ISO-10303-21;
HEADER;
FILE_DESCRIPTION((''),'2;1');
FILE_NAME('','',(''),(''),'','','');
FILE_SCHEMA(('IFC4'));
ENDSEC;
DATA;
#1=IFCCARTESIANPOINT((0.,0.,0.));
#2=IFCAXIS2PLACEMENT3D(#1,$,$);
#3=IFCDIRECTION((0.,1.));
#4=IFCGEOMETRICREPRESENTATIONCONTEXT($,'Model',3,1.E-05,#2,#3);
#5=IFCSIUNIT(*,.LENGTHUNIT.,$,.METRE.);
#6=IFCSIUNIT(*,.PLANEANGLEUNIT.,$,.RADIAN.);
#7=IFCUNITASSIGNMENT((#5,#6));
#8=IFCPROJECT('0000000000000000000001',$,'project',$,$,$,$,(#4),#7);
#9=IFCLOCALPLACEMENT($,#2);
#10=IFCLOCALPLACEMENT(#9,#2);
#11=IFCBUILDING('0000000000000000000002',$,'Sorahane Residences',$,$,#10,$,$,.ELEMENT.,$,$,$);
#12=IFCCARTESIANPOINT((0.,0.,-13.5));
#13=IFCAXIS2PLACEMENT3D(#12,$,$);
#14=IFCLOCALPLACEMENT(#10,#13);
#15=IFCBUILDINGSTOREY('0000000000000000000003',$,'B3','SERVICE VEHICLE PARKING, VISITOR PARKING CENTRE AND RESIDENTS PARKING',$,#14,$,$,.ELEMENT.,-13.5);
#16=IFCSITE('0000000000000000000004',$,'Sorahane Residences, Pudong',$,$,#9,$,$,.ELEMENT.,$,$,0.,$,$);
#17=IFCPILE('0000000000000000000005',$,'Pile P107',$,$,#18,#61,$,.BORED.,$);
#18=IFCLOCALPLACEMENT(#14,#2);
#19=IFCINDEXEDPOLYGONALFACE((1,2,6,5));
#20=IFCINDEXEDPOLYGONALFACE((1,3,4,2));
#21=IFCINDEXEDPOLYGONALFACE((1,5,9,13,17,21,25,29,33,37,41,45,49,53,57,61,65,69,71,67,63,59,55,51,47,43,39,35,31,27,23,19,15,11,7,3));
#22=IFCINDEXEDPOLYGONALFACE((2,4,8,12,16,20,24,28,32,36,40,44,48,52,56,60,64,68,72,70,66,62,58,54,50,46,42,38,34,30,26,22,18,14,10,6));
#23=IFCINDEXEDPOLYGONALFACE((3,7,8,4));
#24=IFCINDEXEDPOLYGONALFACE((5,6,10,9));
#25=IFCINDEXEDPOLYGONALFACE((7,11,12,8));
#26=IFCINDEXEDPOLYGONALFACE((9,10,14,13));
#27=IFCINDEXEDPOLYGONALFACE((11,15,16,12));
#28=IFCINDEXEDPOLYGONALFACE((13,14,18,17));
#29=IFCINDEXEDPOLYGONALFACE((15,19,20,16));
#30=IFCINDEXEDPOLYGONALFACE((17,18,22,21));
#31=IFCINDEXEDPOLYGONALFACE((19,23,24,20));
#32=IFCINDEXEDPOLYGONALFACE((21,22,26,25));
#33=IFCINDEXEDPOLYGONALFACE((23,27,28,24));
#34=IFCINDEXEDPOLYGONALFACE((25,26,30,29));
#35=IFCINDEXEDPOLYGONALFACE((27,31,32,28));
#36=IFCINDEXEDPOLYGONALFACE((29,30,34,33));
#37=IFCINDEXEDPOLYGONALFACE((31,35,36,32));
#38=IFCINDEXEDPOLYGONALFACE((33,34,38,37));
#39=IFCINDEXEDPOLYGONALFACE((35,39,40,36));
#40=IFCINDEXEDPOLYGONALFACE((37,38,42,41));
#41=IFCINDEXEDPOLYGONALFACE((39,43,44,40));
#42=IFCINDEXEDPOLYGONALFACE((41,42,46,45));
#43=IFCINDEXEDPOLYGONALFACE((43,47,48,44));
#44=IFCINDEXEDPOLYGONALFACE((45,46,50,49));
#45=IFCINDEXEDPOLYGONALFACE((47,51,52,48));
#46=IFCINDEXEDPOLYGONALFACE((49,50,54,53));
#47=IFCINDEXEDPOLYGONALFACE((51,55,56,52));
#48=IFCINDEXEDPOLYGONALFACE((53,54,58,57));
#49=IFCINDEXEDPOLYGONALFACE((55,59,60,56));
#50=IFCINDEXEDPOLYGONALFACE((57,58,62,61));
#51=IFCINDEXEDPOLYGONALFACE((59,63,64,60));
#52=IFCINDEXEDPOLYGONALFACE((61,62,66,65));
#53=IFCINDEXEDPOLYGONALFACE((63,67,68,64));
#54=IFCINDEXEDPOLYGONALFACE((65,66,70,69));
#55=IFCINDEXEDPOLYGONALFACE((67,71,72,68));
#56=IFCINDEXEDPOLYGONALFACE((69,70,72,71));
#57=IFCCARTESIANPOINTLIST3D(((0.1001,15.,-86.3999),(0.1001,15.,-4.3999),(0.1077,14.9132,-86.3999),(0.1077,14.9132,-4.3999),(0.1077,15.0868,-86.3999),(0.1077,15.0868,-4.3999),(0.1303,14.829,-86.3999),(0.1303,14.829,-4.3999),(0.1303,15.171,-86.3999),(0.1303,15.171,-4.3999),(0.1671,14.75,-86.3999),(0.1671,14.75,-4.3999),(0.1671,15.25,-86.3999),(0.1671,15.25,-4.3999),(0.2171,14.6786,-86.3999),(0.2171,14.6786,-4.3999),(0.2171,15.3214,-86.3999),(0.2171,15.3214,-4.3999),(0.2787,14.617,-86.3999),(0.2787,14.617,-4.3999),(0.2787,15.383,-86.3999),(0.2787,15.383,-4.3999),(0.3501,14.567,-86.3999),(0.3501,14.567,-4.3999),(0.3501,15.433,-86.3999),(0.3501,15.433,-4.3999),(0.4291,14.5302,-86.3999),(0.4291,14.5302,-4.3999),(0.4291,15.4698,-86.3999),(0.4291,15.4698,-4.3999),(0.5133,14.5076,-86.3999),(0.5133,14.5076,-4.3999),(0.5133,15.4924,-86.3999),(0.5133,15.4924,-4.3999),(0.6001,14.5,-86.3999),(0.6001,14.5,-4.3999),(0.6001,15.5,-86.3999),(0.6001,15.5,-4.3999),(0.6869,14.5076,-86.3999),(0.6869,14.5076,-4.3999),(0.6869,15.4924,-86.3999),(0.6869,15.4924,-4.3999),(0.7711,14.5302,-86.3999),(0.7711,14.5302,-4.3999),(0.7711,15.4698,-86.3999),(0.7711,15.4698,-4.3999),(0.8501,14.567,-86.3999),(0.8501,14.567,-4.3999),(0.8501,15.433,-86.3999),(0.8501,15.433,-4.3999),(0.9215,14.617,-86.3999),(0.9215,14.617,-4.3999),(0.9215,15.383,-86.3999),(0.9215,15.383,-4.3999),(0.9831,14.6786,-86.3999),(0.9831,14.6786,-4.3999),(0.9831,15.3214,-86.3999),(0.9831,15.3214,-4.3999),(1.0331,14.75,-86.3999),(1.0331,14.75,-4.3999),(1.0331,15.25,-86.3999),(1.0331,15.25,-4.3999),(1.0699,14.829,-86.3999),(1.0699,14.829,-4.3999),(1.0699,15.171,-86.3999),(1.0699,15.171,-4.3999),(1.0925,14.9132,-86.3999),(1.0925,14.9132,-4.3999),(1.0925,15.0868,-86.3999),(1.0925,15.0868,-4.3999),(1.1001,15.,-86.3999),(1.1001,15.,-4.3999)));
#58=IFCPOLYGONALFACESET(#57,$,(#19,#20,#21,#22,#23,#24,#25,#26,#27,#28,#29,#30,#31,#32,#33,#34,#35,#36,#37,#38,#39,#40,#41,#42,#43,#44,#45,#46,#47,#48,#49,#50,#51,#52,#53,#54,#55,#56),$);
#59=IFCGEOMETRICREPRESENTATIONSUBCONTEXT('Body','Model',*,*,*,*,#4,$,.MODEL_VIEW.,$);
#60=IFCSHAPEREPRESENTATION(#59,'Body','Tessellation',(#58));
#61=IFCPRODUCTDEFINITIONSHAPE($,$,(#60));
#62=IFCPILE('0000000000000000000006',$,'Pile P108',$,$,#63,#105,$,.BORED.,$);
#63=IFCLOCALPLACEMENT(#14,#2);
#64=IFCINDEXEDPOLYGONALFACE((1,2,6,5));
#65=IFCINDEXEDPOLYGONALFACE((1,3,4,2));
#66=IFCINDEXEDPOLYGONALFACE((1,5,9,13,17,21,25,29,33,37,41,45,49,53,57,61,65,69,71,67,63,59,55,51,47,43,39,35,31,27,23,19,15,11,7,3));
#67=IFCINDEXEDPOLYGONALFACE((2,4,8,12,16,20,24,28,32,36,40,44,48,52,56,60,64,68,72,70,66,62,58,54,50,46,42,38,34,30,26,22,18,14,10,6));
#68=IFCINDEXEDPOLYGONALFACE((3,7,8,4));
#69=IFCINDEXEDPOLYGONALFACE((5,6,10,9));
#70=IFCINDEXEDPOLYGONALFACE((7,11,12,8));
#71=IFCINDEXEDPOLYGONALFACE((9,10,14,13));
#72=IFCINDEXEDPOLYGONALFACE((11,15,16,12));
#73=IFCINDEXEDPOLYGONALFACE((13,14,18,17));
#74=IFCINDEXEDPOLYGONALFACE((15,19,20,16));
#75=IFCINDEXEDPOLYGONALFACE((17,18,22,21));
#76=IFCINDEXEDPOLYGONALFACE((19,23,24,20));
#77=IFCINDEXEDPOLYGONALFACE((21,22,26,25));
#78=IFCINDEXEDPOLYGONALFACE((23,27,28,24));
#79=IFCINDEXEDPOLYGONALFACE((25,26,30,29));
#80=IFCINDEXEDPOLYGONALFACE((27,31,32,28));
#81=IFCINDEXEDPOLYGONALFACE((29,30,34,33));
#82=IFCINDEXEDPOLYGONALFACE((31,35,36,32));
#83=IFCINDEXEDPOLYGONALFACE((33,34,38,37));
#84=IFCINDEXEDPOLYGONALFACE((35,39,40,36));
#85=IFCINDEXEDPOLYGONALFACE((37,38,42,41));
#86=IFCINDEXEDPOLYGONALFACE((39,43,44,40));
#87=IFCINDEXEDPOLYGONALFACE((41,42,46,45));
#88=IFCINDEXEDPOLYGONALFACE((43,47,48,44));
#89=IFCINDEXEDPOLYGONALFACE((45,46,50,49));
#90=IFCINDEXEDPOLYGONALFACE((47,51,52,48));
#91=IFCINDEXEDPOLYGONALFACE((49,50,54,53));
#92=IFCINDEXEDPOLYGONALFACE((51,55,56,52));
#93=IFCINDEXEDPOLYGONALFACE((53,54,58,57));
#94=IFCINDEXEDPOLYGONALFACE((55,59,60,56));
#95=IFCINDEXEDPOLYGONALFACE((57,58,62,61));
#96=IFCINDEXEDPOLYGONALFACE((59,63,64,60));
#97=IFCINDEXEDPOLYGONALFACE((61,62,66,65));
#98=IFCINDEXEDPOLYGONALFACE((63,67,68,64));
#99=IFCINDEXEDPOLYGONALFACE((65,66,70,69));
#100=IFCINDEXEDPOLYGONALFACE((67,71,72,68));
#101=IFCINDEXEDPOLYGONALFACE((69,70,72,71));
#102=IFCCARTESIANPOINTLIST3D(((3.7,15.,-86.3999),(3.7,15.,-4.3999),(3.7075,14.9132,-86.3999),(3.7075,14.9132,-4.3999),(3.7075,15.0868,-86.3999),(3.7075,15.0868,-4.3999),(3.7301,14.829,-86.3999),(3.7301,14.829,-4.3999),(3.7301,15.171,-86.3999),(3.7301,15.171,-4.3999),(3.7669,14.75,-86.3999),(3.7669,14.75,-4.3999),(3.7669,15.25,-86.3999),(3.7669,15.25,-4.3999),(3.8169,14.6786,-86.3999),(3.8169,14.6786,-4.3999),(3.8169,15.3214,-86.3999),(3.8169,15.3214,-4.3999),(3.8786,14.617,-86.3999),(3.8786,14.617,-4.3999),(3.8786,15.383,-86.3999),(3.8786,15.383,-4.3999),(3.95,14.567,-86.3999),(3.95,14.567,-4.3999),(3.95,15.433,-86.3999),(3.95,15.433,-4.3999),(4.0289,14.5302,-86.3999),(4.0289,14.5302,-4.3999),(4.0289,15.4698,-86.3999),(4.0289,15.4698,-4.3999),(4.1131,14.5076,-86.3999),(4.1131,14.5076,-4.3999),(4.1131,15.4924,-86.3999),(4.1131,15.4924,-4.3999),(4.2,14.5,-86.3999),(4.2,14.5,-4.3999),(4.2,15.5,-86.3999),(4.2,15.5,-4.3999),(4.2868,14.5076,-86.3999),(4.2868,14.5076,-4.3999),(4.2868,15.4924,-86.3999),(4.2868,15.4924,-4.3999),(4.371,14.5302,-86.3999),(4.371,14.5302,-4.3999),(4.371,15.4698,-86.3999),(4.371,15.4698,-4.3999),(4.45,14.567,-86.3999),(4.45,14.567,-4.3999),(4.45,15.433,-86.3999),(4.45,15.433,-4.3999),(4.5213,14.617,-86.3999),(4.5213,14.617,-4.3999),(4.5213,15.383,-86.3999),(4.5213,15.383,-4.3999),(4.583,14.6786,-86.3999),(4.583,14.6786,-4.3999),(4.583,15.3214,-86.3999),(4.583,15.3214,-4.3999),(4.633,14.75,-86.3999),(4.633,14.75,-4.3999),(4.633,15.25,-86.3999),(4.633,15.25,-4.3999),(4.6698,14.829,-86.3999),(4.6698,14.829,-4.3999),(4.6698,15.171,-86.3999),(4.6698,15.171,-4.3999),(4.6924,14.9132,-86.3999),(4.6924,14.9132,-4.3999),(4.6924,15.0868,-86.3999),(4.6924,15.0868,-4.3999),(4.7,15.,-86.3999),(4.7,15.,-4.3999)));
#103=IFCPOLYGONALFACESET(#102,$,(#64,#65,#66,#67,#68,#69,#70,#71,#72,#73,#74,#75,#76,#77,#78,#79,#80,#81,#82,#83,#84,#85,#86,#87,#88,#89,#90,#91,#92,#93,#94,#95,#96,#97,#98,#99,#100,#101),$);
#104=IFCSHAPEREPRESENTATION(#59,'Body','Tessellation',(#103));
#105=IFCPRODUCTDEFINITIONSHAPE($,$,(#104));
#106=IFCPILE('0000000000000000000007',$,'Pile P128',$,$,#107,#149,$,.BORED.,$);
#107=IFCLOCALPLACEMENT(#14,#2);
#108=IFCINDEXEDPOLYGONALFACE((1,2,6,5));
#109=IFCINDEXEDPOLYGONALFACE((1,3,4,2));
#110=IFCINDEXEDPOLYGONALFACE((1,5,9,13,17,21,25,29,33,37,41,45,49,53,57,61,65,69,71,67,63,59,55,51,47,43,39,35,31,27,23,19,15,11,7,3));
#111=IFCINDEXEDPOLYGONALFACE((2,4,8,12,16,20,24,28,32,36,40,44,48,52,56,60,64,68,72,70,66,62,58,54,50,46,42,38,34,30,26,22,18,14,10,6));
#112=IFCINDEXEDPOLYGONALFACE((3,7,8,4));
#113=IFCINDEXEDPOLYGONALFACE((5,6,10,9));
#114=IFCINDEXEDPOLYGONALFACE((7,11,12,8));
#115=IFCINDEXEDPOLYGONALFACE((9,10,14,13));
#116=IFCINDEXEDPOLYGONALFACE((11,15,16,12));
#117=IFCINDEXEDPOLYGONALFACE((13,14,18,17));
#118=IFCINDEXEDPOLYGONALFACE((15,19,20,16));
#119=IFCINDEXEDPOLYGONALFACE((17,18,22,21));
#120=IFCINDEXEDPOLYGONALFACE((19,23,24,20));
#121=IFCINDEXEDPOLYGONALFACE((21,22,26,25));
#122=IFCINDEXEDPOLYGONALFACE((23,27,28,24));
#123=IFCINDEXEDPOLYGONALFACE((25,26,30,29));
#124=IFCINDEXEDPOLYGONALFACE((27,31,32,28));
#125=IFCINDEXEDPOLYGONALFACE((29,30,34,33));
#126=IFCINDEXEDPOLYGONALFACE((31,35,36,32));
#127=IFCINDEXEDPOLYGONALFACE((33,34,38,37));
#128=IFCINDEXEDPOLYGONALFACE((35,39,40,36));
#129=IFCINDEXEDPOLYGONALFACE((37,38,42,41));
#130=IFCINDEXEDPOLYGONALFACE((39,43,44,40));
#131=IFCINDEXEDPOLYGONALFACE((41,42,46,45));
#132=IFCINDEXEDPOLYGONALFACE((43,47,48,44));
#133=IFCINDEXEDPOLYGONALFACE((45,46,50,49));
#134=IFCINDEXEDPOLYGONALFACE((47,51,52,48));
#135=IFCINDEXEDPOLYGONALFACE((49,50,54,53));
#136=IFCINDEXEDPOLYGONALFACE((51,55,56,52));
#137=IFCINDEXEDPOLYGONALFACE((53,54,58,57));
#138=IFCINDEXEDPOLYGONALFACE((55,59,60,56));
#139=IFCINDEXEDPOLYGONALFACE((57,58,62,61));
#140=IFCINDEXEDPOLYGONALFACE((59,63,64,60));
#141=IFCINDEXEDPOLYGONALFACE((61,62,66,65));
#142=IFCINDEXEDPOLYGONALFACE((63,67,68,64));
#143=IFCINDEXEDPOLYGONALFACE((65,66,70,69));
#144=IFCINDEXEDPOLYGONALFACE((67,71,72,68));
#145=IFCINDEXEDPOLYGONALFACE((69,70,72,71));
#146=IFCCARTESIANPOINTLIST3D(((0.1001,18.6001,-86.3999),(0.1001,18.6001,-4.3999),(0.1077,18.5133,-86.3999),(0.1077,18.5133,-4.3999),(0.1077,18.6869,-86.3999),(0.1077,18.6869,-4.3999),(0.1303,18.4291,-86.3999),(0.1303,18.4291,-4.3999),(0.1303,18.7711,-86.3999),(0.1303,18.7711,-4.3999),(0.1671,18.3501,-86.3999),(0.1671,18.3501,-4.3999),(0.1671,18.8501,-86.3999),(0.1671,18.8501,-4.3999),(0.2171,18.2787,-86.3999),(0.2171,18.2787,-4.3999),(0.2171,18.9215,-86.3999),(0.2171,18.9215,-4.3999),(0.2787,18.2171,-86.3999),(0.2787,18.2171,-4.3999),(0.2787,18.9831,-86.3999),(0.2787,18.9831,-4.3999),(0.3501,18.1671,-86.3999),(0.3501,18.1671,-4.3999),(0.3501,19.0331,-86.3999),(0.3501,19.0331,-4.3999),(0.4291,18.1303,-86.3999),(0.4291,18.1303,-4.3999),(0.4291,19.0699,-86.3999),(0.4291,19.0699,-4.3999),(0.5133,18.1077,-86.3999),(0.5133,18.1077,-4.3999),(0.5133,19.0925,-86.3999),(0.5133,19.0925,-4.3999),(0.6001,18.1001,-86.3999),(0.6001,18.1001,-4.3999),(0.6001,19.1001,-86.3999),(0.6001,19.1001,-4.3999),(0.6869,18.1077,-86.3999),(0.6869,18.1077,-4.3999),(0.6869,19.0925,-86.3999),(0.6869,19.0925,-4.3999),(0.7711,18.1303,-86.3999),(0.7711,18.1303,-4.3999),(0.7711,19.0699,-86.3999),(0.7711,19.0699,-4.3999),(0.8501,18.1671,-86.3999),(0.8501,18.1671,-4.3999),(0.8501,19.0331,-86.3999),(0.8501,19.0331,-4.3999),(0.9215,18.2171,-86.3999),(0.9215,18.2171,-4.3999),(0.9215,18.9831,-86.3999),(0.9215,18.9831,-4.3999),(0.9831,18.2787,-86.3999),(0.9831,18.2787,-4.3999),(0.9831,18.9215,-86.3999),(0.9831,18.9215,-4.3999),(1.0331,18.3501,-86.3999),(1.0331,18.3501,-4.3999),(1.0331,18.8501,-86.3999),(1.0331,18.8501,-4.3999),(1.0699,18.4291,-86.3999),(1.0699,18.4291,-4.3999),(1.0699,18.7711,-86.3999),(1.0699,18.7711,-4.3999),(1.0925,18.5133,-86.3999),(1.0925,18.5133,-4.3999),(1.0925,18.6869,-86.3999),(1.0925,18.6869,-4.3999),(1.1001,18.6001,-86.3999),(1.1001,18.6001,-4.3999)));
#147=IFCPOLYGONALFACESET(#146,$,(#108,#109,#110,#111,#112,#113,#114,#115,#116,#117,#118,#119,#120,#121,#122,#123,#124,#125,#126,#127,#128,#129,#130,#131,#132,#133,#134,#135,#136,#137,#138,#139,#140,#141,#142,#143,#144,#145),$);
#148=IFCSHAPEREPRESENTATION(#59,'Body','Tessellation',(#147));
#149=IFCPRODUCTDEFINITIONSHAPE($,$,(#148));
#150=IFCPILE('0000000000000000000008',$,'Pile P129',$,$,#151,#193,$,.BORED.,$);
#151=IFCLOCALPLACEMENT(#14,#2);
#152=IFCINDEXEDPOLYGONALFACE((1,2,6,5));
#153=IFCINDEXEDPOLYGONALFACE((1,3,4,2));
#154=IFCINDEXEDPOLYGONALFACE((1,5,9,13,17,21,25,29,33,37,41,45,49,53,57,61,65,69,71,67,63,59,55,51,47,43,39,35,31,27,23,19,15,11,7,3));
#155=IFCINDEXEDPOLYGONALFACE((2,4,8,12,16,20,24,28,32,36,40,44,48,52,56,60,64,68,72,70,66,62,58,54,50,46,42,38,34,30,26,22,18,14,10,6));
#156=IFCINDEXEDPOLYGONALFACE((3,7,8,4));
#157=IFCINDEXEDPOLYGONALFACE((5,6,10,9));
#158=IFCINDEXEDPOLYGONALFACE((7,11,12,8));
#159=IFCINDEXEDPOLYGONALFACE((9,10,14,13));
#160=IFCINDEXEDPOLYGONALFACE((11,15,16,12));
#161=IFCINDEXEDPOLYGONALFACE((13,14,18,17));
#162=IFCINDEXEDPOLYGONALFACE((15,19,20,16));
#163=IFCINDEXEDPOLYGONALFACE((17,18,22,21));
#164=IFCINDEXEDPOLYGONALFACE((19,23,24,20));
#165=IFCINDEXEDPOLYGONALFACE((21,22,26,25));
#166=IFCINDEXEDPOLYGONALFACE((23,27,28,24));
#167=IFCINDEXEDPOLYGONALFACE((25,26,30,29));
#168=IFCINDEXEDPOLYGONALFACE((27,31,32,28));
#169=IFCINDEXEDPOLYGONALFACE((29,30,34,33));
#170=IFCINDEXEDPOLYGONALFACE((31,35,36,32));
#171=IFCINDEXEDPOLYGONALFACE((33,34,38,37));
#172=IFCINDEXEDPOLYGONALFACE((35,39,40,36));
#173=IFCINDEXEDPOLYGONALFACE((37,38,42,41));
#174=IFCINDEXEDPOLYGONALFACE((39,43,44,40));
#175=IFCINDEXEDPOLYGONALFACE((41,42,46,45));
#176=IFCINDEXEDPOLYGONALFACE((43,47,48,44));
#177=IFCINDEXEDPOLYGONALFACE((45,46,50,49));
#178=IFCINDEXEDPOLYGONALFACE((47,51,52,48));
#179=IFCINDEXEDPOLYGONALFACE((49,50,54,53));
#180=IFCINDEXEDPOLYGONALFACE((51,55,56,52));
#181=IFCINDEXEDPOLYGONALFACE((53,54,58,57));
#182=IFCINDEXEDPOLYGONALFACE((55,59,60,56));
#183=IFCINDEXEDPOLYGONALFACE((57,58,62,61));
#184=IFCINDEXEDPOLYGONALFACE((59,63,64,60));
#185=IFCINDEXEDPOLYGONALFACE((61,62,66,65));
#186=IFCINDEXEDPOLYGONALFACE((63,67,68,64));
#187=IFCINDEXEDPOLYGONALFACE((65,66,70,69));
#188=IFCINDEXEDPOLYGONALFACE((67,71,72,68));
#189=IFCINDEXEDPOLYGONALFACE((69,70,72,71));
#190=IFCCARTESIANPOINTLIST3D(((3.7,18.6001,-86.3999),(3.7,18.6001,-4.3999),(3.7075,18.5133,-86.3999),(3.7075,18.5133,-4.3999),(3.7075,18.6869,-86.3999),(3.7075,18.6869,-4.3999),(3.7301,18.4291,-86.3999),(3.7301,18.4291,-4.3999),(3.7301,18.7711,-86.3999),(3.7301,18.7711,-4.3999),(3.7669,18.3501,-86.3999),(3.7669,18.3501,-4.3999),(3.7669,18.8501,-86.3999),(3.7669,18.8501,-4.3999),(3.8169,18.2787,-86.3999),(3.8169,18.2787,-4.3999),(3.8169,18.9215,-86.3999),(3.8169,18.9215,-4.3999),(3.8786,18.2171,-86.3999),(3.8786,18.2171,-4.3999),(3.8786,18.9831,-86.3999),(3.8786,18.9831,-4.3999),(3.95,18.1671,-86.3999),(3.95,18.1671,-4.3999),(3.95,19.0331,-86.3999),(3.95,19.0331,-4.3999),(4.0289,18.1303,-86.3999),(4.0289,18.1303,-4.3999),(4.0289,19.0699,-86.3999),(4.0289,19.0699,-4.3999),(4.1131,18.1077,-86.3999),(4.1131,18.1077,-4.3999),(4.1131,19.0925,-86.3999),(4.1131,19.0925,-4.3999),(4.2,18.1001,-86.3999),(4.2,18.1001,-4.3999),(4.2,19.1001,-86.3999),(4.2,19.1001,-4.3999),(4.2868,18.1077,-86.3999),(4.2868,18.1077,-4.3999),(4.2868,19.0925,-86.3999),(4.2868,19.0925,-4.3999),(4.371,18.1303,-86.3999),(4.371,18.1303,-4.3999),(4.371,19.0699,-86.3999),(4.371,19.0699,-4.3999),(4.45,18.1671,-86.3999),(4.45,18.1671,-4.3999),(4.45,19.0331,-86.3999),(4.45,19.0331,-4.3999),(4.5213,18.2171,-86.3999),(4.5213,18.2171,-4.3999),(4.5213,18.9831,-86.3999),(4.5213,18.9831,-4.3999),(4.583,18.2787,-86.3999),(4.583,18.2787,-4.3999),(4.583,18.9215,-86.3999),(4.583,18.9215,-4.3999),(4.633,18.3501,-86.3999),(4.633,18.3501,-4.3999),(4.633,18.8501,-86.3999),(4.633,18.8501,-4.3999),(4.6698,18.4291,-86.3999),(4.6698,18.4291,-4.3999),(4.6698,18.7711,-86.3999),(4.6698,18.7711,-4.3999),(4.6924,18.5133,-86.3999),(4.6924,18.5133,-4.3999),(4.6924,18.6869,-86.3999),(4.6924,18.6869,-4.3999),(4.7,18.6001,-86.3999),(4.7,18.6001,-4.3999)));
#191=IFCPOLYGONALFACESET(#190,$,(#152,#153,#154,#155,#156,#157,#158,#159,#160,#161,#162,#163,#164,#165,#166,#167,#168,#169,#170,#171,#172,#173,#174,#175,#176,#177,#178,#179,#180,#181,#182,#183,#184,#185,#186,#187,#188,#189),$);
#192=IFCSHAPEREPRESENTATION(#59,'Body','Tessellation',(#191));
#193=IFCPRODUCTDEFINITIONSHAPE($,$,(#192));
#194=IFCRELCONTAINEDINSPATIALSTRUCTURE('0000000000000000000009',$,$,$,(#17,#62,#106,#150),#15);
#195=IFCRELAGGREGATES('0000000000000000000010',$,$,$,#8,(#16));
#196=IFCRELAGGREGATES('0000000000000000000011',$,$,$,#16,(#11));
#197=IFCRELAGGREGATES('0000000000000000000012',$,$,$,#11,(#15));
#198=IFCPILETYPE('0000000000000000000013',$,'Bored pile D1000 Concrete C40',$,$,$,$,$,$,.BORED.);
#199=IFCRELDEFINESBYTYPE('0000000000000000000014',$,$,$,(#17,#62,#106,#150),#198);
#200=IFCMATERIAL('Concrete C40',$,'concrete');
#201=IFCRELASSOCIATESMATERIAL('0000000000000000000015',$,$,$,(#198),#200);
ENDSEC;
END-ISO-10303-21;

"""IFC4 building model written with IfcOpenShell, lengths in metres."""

from ifc_helpers import new_model, si_unit, direction, frame, origin, origin_2d, place, context, subcontext, project, spatial, circle, extrude, material, material_profile, profile_set, type_object, element, save


model = new_model("IFC4")

# Units and contexts
model_context = context("Model", 3, precision=1e-05, world=origin(), true_north=direction((0.0, 1.0)))
body_context = subcontext(model_context, "Body", "Model", "MODEL_VIEW")
ifc_project = project(units=[si_unit("LENGTHUNIT", "METRE"), si_unit("PLANEANGLEUNIT", "RADIAN")], contexts=[model_context])

# Site, building, storey
site_placement = place(None, origin())
site = spatial("IfcSite", under=ifc_project, at=site_placement, Name="Sorahane Residences, Pudong", CompositionType="ELEMENT", RefElevation=0.0)
building_placement = place(site_placement, origin())
building = spatial("IfcBuilding", under=site, at=building_placement, Name="Sorahane Residences", CompositionType="ELEMENT")
storey_placement = place(building_placement, frame((0.0, 0.0, -13.5)))
storey = spatial("IfcBuildingStorey", under=building, at=storey_placement, Name="B3", Description="SERVICE VEHICLE PARKING, VISITOR PARKING CENTRE AND RESIDENTS PARKING", CompositionType="ELEMENT", Elevation=-13.5)

# Piles
ifc_material_1 = material(Name="Concrete C40", Category="concrete")
ifc_material_profile_1 = material_profile(ifc_material_1, circle(Radius=0.5, at=origin_2d()), Name="D1000")
ifc_profile_set_1 = profile_set([ifc_material_profile_1], Name="Concrete C40")
pile_type = type_object("IfcPileType", Name="Bored pile D1000 Concrete C40", PredefinedType="BORED", material=ifc_profile_set_1)
for number, where, z_axis, x_axis, name in (
    (1, (0.6001, 15.0, -4.3999), (0.0, 0.0, -1.0), (1.0, 0.0, 0.0), "Pile P107"),
    (2, (4.2, 15.0, -4.3999), (0.0, 0.0, -1.0), (1.0, 0.0, 0.0), "Pile P108"),
    (3, (0.6001, 18.6001, -4.3999), (0.0, 0.0, -1.0), (1.0, 0.0, 0.0), "Pile P128"),
    (4, (4.2, 18.6001, -4.3999), (0.0, 0.0, -1.0), (1.0, 0.0, 0.0), "Pile P129"),
):
    element("IfcPile", number, at=place(storey_placement, frame(where, z_axis=z_axis, x_axis=x_axis)), inside=storey, type_object=pile_type, Name=name, PredefinedType="BORED", context=body_context, shape_type="SweptSolid", body=[
        extrude(circle(Radius=0.5, at=origin_2d()), origin(), (0.0, 0.0, 1.0), 82.0),
    ])

save(model, "model.ifc")
